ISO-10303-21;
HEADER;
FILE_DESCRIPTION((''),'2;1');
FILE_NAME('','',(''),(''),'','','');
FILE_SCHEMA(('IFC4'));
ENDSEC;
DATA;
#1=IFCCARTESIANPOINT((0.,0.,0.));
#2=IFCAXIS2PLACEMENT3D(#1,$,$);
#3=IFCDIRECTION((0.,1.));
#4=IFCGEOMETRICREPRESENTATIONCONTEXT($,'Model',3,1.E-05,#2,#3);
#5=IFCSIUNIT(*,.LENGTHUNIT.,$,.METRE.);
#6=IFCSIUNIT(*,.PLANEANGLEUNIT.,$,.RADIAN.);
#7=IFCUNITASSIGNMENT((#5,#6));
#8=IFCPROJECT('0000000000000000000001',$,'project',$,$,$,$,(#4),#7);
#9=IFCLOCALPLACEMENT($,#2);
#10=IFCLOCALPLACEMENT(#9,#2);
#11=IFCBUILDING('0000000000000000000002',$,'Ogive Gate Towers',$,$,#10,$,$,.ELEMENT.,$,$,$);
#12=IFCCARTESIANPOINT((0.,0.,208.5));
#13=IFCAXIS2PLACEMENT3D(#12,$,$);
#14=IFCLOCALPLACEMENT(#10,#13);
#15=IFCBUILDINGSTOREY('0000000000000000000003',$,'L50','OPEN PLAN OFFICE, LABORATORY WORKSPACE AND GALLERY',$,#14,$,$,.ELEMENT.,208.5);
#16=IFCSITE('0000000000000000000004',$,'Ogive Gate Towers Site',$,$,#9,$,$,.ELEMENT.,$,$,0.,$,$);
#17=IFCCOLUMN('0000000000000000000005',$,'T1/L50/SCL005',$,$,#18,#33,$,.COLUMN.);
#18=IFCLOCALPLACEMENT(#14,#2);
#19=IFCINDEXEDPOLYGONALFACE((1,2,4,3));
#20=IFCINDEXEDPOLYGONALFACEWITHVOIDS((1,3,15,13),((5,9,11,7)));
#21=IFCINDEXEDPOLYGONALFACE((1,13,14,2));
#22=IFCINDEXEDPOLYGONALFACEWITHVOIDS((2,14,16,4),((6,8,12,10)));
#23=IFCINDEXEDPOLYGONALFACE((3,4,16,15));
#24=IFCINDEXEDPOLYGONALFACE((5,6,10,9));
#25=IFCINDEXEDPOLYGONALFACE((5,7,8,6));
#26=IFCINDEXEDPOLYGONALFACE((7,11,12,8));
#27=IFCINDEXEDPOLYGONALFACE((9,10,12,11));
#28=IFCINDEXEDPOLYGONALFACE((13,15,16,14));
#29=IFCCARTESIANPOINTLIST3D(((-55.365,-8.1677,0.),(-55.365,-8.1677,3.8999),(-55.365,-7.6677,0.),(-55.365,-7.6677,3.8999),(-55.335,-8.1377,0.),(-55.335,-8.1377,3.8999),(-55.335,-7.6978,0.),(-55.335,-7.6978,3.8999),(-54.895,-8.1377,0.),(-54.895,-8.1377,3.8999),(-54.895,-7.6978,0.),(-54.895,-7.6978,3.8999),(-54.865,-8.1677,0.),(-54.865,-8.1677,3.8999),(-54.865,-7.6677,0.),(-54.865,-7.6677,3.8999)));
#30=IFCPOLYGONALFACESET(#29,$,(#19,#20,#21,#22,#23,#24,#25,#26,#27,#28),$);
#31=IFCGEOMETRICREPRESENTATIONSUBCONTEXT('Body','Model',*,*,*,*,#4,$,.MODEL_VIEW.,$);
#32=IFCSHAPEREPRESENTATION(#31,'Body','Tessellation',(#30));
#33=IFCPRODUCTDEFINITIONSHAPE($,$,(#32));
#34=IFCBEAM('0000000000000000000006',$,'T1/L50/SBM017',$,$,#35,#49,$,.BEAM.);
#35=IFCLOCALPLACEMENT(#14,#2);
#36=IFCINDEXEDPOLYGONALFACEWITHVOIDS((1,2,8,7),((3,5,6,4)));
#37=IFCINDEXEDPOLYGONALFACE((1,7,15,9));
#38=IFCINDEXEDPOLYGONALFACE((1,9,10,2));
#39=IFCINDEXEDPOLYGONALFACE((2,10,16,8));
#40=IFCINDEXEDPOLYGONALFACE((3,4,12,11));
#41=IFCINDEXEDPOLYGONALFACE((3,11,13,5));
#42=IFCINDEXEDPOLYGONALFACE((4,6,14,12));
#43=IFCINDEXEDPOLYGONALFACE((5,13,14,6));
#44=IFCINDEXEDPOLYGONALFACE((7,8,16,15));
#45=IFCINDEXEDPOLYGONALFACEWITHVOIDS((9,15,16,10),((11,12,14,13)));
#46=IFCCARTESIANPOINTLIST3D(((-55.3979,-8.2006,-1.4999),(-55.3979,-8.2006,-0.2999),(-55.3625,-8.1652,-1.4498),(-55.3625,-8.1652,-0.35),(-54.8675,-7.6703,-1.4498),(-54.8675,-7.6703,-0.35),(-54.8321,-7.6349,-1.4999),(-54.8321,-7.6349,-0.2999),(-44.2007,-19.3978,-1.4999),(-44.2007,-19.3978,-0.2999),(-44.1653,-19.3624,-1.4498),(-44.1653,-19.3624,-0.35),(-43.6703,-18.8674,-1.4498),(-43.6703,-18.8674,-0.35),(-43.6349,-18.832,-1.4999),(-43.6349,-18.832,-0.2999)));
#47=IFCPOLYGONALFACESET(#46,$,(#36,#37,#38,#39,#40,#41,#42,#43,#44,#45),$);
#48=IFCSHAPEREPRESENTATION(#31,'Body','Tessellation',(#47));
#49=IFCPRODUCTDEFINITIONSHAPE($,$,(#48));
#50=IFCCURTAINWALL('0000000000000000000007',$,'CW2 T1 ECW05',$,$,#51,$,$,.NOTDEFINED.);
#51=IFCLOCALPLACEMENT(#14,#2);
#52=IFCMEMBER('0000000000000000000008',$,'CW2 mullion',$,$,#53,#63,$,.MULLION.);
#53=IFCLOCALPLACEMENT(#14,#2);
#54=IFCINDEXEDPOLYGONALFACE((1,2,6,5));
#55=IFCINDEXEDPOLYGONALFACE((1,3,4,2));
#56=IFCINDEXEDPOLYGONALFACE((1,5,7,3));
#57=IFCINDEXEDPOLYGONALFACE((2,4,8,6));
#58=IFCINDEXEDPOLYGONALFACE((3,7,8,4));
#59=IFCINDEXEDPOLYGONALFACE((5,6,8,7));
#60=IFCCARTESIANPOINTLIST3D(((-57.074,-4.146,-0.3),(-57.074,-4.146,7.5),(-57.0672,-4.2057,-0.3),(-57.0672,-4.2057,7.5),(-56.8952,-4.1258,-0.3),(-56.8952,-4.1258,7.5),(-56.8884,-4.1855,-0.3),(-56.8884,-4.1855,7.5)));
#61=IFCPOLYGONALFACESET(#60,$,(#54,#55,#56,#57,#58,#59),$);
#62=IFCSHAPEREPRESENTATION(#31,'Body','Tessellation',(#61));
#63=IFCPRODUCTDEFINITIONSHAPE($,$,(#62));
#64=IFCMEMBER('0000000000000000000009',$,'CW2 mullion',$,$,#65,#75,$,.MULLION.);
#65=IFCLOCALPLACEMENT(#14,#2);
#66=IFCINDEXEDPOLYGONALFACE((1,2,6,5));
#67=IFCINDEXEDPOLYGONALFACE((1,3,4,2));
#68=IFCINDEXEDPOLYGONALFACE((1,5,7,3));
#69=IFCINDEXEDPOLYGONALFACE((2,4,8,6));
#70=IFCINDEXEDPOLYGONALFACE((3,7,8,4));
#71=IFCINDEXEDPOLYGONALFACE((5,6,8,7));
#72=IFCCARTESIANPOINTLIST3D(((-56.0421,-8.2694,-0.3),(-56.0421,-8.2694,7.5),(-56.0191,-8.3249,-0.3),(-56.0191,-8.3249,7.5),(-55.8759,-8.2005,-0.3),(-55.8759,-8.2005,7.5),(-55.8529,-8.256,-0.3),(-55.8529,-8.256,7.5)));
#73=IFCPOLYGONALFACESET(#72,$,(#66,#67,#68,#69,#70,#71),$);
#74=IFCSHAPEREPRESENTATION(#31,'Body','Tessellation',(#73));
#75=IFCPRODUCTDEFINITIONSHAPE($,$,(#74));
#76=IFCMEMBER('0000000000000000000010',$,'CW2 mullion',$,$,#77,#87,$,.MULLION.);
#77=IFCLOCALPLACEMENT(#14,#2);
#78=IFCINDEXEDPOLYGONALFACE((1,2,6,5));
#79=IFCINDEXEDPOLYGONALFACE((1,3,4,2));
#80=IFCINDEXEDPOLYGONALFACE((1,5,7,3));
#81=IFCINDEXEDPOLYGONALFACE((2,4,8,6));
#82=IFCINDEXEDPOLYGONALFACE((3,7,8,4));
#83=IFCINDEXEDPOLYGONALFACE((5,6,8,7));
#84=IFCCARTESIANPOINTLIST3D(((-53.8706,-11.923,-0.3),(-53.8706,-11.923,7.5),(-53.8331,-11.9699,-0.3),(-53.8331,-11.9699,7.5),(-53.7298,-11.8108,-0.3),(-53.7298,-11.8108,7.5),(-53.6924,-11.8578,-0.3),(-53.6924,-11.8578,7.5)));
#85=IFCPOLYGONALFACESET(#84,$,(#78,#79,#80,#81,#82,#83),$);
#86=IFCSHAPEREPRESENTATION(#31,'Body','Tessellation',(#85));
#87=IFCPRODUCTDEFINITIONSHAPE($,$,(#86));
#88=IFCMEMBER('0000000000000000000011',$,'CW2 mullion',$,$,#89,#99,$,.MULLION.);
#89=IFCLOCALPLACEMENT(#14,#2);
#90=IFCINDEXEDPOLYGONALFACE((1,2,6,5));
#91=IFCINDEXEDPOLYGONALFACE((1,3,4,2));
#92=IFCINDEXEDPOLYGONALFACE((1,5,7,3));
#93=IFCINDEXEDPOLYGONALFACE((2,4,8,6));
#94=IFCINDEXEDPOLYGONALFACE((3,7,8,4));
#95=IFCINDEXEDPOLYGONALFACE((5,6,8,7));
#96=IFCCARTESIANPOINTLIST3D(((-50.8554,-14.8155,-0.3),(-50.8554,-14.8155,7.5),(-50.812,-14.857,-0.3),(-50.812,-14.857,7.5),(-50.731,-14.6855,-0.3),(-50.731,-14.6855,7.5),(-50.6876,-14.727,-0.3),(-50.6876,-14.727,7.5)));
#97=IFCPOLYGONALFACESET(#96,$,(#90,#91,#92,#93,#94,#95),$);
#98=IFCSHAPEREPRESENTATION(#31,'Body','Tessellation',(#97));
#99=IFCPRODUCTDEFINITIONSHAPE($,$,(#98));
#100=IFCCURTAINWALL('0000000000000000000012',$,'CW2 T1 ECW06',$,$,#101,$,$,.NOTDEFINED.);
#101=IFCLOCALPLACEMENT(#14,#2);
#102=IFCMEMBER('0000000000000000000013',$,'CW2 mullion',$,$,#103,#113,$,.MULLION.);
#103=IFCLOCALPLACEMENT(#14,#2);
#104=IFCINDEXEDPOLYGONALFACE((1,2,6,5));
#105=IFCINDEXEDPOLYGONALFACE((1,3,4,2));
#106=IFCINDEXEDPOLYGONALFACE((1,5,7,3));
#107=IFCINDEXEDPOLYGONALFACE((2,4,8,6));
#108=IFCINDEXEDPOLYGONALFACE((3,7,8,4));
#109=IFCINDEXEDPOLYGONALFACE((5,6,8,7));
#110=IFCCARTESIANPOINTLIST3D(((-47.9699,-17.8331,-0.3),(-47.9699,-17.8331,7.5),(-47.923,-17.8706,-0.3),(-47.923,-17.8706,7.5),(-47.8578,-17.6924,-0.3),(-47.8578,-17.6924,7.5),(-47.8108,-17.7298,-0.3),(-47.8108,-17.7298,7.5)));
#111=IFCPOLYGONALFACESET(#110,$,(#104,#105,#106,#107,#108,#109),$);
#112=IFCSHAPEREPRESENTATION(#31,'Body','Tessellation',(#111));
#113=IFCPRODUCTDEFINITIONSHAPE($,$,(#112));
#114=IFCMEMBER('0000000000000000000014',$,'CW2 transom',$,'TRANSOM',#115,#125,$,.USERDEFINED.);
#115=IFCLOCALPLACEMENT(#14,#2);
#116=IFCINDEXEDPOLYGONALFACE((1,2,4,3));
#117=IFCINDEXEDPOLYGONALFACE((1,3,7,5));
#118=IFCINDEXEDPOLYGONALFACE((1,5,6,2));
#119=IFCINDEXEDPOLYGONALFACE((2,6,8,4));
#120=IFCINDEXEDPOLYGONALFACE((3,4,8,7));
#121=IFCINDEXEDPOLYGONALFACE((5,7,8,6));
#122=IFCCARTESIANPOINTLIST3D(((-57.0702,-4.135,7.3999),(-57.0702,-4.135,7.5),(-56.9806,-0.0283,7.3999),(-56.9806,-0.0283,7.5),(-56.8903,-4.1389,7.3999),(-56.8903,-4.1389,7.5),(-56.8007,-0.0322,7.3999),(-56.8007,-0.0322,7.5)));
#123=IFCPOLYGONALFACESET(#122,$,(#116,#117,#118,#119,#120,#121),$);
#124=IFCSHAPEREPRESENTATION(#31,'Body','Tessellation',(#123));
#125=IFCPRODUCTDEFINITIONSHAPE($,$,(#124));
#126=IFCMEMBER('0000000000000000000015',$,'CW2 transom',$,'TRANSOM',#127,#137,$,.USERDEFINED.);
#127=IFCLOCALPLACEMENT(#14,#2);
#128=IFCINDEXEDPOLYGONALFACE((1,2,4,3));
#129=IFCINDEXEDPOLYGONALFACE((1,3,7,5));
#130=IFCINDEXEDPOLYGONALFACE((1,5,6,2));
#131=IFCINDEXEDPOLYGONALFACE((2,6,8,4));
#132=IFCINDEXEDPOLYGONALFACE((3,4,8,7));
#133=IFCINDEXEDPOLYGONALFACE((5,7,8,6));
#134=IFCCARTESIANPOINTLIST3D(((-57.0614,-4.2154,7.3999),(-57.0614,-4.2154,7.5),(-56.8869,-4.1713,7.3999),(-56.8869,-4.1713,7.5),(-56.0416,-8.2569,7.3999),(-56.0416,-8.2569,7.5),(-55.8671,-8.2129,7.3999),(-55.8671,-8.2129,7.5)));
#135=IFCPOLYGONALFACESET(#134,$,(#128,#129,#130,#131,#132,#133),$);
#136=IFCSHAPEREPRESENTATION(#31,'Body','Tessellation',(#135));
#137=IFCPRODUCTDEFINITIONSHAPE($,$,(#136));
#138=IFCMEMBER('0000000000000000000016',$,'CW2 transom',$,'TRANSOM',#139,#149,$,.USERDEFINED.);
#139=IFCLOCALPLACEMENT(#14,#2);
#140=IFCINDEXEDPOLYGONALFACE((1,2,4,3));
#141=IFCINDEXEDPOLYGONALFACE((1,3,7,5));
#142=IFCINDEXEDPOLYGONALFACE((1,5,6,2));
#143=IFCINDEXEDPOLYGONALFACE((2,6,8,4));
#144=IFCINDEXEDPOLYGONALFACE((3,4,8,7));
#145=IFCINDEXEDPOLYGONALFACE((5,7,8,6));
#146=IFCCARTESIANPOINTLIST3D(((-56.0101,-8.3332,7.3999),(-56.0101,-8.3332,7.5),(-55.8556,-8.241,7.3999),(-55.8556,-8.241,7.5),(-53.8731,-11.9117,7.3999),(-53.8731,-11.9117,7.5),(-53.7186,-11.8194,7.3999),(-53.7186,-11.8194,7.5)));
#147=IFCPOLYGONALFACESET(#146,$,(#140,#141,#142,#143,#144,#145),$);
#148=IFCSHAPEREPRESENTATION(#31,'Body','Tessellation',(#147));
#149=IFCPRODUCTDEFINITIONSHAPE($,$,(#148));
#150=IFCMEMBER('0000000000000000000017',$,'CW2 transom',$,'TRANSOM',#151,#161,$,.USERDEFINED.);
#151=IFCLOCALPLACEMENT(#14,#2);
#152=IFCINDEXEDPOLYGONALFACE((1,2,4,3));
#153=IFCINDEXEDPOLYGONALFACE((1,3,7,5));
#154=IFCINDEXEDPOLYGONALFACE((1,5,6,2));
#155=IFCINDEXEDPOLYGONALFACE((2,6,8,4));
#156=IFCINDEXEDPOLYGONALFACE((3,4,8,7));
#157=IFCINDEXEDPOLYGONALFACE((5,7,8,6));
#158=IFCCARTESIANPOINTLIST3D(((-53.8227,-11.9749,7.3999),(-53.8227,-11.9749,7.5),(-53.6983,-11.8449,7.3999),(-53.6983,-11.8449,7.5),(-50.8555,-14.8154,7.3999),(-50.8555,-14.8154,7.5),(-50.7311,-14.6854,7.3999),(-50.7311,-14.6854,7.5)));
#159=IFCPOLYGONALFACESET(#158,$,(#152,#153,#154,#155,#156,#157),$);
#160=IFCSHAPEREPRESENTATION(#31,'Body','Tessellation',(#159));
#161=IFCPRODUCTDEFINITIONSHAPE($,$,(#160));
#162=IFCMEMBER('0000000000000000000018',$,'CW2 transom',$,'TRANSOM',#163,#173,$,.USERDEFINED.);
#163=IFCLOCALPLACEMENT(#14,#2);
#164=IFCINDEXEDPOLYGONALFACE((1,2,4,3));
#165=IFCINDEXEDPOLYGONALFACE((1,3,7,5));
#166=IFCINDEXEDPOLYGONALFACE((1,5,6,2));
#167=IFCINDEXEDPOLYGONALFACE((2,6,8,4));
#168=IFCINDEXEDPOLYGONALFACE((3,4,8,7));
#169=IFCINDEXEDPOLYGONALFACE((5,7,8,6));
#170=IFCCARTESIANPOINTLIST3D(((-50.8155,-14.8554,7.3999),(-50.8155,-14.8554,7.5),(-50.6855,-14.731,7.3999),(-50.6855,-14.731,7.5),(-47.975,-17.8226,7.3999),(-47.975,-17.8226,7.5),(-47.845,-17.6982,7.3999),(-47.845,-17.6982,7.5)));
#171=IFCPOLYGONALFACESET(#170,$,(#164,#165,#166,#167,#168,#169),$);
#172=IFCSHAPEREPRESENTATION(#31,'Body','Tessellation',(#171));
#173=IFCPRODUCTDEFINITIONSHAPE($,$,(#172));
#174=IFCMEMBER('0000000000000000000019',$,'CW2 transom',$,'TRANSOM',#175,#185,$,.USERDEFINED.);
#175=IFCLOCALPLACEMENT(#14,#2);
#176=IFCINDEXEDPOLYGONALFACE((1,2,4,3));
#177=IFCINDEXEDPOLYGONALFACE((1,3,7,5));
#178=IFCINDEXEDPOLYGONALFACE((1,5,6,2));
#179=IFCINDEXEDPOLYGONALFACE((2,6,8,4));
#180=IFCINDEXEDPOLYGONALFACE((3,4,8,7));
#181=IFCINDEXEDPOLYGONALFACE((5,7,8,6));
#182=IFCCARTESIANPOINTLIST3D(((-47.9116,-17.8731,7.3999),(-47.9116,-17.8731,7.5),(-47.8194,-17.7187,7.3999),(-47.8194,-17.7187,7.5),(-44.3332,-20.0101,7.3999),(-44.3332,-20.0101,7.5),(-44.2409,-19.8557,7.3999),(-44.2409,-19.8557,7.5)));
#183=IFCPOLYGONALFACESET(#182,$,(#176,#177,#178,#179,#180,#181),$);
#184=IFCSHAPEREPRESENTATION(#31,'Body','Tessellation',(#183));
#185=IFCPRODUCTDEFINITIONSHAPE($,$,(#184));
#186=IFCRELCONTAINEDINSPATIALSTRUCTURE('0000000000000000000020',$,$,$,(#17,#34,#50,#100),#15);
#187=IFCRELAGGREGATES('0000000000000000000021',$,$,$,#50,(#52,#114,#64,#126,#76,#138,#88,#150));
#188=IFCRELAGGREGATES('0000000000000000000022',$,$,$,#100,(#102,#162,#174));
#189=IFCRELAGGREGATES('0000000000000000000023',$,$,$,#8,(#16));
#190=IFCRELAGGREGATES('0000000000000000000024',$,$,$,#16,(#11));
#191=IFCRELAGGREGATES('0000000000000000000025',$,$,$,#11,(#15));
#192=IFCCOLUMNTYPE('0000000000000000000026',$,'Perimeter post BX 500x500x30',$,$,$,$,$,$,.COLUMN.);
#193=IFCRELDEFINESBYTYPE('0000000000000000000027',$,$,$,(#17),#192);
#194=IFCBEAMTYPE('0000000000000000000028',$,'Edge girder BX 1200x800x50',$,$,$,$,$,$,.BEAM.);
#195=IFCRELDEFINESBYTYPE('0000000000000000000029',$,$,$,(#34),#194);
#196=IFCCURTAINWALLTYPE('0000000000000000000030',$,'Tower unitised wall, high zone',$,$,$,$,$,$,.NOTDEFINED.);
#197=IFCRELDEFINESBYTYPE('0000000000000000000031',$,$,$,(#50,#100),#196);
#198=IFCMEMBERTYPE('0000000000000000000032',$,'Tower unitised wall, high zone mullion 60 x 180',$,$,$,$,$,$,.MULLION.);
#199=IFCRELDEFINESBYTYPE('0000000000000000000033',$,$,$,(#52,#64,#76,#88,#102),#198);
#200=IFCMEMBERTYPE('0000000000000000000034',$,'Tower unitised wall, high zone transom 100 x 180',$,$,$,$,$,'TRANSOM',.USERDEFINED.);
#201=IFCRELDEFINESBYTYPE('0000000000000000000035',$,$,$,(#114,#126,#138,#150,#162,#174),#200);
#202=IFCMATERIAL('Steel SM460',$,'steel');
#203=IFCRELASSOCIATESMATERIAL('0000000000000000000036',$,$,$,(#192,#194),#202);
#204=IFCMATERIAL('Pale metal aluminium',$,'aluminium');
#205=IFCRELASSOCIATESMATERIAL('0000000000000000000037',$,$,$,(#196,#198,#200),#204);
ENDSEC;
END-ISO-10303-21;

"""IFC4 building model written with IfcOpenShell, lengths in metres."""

from ifc_helpers import new_model, si_unit, direction, frame, origin, origin_2d, place, context, subcontext, project, spatial, rectangle, hollow_rectangle, extrude, material, material_profile, profile_set, type_object, element, aggregate, save


model = new_model("IFC4")

# Units and contexts
model_context = context("Model", 3, precision=1e-05, world=origin(), true_north=direction((0.0, 1.0)))
body_context = subcontext(model_context, "Body", "Model", "MODEL_VIEW")
ifc_project = project(units=[si_unit("LENGTHUNIT", "METRE"), si_unit("PLANEANGLEUNIT", "RADIAN")], contexts=[model_context])

# Site, building, storey
site_placement = place(None, origin())
site = spatial("IfcSite", under=ifc_project, at=site_placement, Name="Ogive Gate Towers Site", CompositionType="ELEMENT", RefElevation=0.0)
building_placement = place(site_placement, origin())
building = spatial("IfcBuilding", under=site, at=building_placement, Name="Ogive Gate Towers", CompositionType="ELEMENT")
storey_placement = place(building_placement, frame((0.0, 0.0, 208.5)))
storey = spatial("IfcBuildingStorey", under=building, at=storey_placement, Name="L50", Description="OPEN PLAN OFFICE, LABORATORY WORKSPACE AND GALLERY", CompositionType="ELEMENT", Elevation=208.5)

# Column
ifc_material_1 = material(Name="Steel SM460", Category="steel")
ifc_material_profile_1 = material_profile(ifc_material_1, hollow_rectangle(XDim=0.5, YDim=0.5, WallThickness=0.03, at=origin_2d()), Name="BX 500x500x30")
ifc_profile_set_1 = profile_set([ifc_material_profile_1], Name="Steel SM460")
column_type = type_object("IfcColumnType", Name="Perimeter post BX 500x500x30", PredefinedType="COLUMN", material=ifc_profile_set_1)
column_placement = place(storey_placement, frame((-55.115, -7.9177, 0.0), z_axis=(0.0, 0.0, 1.0), x_axis=(1.0, 0.0, 0.0)))
element("IfcColumn", 1, at=column_placement, inside=storey, type_object=column_type, Name="T1/L50/SCL005", PredefinedType="COLUMN", context=body_context, shape_type="SweptSolid", body=[
    extrude(hollow_rectangle(XDim=0.5, YDim=0.5, WallThickness=0.03, at=origin_2d()), origin(), (0.0, 0.0, 1.0), 3.8999),
])

# Beam
ifc_material_profile_2 = material_profile(ifc_material_1, hollow_rectangle(XDim=0.8, YDim=1.2, WallThickness=0.05, at=origin_2d()), Name="BX 1200x800x50")
ifc_profile_set_2 = profile_set([ifc_material_profile_2], Name="Steel SM460")
beam_type = type_object("IfcBeamType", Name="Edge girder BX 1200x800x50", PredefinedType="BEAM", material=ifc_profile_set_2)
beam_placement = place(storey_placement, frame((-55.115, -7.9177, -0.8999), z_axis=(0.707107, -0.707107, 0.0), x_axis=(0.707107, 0.707107, 0.0)))
element("IfcBeam", 2, at=beam_placement, inside=storey, type_object=beam_type, Name="T1/L50/SBM017", PredefinedType="BEAM", context=body_context, shape_type="SweptSolid", body=[
    extrude(hollow_rectangle(XDim=0.8, YDim=1.2, WallThickness=0.05, at=origin_2d()), origin(), (0.0, 0.0, 1.0), 15.8352),
])

# Curtain wall, members
ifc_material_2 = material(Name="Pale metal aluminium", Category="aluminium")
curtain_wall_type = type_object("IfcCurtainWallType", Name="Tower unitised wall, high zone", PredefinedType="NOTDEFINED", material=ifc_material_2)
curtain_wall_1_placement = place(storey_placement, origin())
curtain_wall_1 = element("IfcCurtainWall", 3, at=curtain_wall_1_placement, inside=storey, type_object=curtain_wall_type, Name="CW2 T1 ECW05", PredefinedType="NOTDEFINED")
ifc_material_profile_3 = material_profile(ifc_material_2, rectangle(XDim=0.1799, YDim=0.0601, at=origin_2d()), Name="60 x 180 aluminium box")
ifc_profile_set_3 = profile_set([ifc_material_profile_3], Name="Pale metal aluminium")
member_type_1 = type_object("IfcMemberType", Name="Tower unitised wall, high zone mullion 60 x 180", PredefinedType="MULLION", material=ifc_profile_set_3)
member_1_placement = place(storey_placement, frame((-56.9812, -4.1658, -0.3), z_axis=(0.0, 0.0, 1.0), x_axis=(-0.993662, -0.112405, 0.0)))
member_1 = element("IfcMember", 4, at=member_1_placement, type_object=member_type_1, Name="CW2 mullion", PredefinedType="MULLION", context=body_context, shape_type="SweptSolid", body=[
    extrude(rectangle(XDim=0.1799, YDim=0.0601, at=origin_2d()), origin(), (0.0, 0.0, 1.0), 7.8),
])
member_2_placement = place(storey_placement, frame((-55.9475, -8.2627, -0.3), z_axis=(0.0, 0.0, 1.0), x_axis=(-0.92388, -0.382683, 0.0)))
member_2 = element("IfcMember", 5, at=member_2_placement, type_object=member_type_1, Name="CW2 mullion", PredefinedType="MULLION", context=body_context, shape_type="SweptSolid", body=[
    extrude(rectangle(XDim=0.1799, YDim=0.0601, at=origin_2d()), origin(), (0.0, 0.0, 1.0), 7.8),
])
member_3_placement = place(storey_placement, frame((-53.7815, -11.8904, -0.3), z_axis=(0.0, 0.0, 1.0), x_axis=(-0.782097, -0.623156, 0.0)))
member_3 = element("IfcMember", 6, at=member_3_placement, type_object=member_type_1, Name="CW2 mullion", PredefinedType="MULLION", context=body_context, shape_type="SweptSolid", body=[
    extrude(rectangle(XDim=0.1799, YDim=0.0601, at=origin_2d()), origin(), (0.0, 0.0, 1.0), 7.8),
])
member_4_placement = place(storey_placement, frame((-50.7715, -14.7712, -0.3), z_axis=(0.0, 0.0, 1.0), x_axis=(-0.6915, -0.722376, 0.0)))
member_4 = element("IfcMember", 7, at=member_4_placement, type_object=member_type_1, Name="CW2 mullion", PredefinedType="MULLION", context=body_context, shape_type="SweptSolid", body=[
    extrude(rectangle(XDim=0.1799, YDim=0.0601, at=origin_2d()), origin(), (0.0, 0.0, 1.0), 7.8),
])

# Curtain wall, member
curtain_wall_2_placement = place(storey_placement, origin())
curtain_wall_2 = element("IfcCurtainWall", 8, at=curtain_wall_2_placement, inside=storey, type_object=curtain_wall_type, Name="CW2 T1 ECW06", PredefinedType="NOTDEFINED")
member_5_placement = place(storey_placement, frame((-47.8904, -17.7815, -0.3), z_axis=(0.0, 0.0, 1.0), x_axis=(-0.623156, -0.782097, 0.0)))
member_5 = element("IfcMember", 9, at=member_5_placement, type_object=member_type_1, Name="CW2 mullion", PredefinedType="MULLION", context=body_context, shape_type="SweptSolid", body=[
    extrude(rectangle(XDim=0.1799, YDim=0.0601, at=origin_2d()), origin(), (0.0, 0.0, 1.0), 7.8),
])

# Members
ifc_material_profile_4 = material_profile(ifc_material_2, rectangle(XDim=0.1799, YDim=0.1001, at=origin_2d()), Name="100 x 180 aluminium box")
ifc_profile_set_4 = profile_set([ifc_material_profile_4], Name="Pale metal aluminium")
member_type_2 = type_object("IfcMemberType", Name="Tower unitised wall, high zone transom 100 x 180", ElementType="TRANSOM", PredefinedType="USERDEFINED", material=ifc_profile_set_4)
member_6_placement = place(storey_placement, frame((-56.8906, -0.0303, 7.45), z_axis=(-0.021813, -0.999762, 0.0), x_axis=(0.999762, -0.021813, 0.0)))
member_6 = element("IfcMember", 10, at=member_6_placement, type_object=member_type_2, Name="CW2 transom", ObjectType="TRANSOM", PredefinedType="USERDEFINED", context=body_context, shape_type="SweptSolid", body=[
    extrude(rectangle(XDim=0.1799, YDim=0.1001, at=origin_2d()), origin(), (0.0, 0.0, 1.0), 4.1077),
])
member_7_placement = place(storey_placement, frame((-56.9741, -4.1934, 7.45), z_axis=(0.244657, -0.96961, 0.0), x_axis=(0.96961, 0.244657, 0.0)))
member_7 = element("IfcMember", 11, at=member_7_placement, type_object=member_type_2, Name="CW2 transom", ObjectType="TRANSOM", PredefinedType="USERDEFINED", context=body_context, shape_type="SweptSolid", body=[
    extrude(rectangle(XDim=0.1799, YDim=0.1001, at=origin_2d()), origin(), (0.0, 0.0, 1.0), 4.1682),
])
member_8_placement = place(storey_placement, frame((-55.9329, -8.2871, 7.45), z_axis=(0.51272, -0.858556, 0.0), x_axis=(0.858556, 0.51272, 0.0)))
member_8 = element("IfcMember", 12, at=member_8_placement, type_object=member_type_2, Name="CW2 transom", ObjectType="TRANSOM", PredefinedType="USERDEFINED", context=body_context, shape_type="SweptSolid", body=[
    extrude(rectangle(XDim=0.1799, YDim=0.1001, at=origin_2d()), origin(), (0.0, 0.0, 1.0), 4.168),
])
member_9_placement = place(storey_placement, frame((-53.7605, -11.9099, 7.45), z_axis=(0.722362, -0.691515, 0.0), x_axis=(0.691515, 0.722362, 0.0)))
member_9 = element("IfcMember", 13, at=member_9_placement, type_object=member_type_2, Name="CW2 transom", ObjectType="TRANSOM", PredefinedType="USERDEFINED", context=body_context, shape_type="SweptSolid", body=[
    extrude(rectangle(XDim=0.1799, YDim=0.1001, at=origin_2d()), origin(), (0.0, 0.0, 1.0), 4.1077),
])
member_10_placement = place(storey_placement, frame((-50.7505, -14.7932, 7.45), z_axis=(0.691515, -0.722362, 0.0), x_axis=(0.722362, 0.691515, 0.0)))
member_10 = element("IfcMember", 14, at=member_10_placement, type_object=member_type_2, Name="CW2 transom", ObjectType="TRANSOM", PredefinedType="USERDEFINED", context=body_context, shape_type="SweptSolid", body=[
    extrude(rectangle(XDim=0.1799, YDim=0.1001, at=origin_2d()), origin(), (0.0, 0.0, 1.0), 4.1077),
])
member_11_placement = place(storey_placement, frame((-47.8655, -17.7959, 7.45), z_axis=(0.858556, -0.51272, 0.0), x_axis=(0.51272, 0.858556, 0.0)))
member_11 = element("IfcMember", 15, at=member_11_placement, type_object=member_type_2, Name="CW2 transom", ObjectType="TRANSOM", PredefinedType="USERDEFINED", context=body_context, shape_type="SweptSolid", body=[
    extrude(rectangle(XDim=0.1799, YDim=0.1001, at=origin_2d()), origin(), (0.0, 0.0, 1.0), 4.168),
])

aggregate(curtain_wall_1, [member_1, member_6, member_2, member_7, member_3, member_8, member_4, member_9])
aggregate(curtain_wall_2, [member_5, member_10, member_11])

save(model, "model.ifc")
